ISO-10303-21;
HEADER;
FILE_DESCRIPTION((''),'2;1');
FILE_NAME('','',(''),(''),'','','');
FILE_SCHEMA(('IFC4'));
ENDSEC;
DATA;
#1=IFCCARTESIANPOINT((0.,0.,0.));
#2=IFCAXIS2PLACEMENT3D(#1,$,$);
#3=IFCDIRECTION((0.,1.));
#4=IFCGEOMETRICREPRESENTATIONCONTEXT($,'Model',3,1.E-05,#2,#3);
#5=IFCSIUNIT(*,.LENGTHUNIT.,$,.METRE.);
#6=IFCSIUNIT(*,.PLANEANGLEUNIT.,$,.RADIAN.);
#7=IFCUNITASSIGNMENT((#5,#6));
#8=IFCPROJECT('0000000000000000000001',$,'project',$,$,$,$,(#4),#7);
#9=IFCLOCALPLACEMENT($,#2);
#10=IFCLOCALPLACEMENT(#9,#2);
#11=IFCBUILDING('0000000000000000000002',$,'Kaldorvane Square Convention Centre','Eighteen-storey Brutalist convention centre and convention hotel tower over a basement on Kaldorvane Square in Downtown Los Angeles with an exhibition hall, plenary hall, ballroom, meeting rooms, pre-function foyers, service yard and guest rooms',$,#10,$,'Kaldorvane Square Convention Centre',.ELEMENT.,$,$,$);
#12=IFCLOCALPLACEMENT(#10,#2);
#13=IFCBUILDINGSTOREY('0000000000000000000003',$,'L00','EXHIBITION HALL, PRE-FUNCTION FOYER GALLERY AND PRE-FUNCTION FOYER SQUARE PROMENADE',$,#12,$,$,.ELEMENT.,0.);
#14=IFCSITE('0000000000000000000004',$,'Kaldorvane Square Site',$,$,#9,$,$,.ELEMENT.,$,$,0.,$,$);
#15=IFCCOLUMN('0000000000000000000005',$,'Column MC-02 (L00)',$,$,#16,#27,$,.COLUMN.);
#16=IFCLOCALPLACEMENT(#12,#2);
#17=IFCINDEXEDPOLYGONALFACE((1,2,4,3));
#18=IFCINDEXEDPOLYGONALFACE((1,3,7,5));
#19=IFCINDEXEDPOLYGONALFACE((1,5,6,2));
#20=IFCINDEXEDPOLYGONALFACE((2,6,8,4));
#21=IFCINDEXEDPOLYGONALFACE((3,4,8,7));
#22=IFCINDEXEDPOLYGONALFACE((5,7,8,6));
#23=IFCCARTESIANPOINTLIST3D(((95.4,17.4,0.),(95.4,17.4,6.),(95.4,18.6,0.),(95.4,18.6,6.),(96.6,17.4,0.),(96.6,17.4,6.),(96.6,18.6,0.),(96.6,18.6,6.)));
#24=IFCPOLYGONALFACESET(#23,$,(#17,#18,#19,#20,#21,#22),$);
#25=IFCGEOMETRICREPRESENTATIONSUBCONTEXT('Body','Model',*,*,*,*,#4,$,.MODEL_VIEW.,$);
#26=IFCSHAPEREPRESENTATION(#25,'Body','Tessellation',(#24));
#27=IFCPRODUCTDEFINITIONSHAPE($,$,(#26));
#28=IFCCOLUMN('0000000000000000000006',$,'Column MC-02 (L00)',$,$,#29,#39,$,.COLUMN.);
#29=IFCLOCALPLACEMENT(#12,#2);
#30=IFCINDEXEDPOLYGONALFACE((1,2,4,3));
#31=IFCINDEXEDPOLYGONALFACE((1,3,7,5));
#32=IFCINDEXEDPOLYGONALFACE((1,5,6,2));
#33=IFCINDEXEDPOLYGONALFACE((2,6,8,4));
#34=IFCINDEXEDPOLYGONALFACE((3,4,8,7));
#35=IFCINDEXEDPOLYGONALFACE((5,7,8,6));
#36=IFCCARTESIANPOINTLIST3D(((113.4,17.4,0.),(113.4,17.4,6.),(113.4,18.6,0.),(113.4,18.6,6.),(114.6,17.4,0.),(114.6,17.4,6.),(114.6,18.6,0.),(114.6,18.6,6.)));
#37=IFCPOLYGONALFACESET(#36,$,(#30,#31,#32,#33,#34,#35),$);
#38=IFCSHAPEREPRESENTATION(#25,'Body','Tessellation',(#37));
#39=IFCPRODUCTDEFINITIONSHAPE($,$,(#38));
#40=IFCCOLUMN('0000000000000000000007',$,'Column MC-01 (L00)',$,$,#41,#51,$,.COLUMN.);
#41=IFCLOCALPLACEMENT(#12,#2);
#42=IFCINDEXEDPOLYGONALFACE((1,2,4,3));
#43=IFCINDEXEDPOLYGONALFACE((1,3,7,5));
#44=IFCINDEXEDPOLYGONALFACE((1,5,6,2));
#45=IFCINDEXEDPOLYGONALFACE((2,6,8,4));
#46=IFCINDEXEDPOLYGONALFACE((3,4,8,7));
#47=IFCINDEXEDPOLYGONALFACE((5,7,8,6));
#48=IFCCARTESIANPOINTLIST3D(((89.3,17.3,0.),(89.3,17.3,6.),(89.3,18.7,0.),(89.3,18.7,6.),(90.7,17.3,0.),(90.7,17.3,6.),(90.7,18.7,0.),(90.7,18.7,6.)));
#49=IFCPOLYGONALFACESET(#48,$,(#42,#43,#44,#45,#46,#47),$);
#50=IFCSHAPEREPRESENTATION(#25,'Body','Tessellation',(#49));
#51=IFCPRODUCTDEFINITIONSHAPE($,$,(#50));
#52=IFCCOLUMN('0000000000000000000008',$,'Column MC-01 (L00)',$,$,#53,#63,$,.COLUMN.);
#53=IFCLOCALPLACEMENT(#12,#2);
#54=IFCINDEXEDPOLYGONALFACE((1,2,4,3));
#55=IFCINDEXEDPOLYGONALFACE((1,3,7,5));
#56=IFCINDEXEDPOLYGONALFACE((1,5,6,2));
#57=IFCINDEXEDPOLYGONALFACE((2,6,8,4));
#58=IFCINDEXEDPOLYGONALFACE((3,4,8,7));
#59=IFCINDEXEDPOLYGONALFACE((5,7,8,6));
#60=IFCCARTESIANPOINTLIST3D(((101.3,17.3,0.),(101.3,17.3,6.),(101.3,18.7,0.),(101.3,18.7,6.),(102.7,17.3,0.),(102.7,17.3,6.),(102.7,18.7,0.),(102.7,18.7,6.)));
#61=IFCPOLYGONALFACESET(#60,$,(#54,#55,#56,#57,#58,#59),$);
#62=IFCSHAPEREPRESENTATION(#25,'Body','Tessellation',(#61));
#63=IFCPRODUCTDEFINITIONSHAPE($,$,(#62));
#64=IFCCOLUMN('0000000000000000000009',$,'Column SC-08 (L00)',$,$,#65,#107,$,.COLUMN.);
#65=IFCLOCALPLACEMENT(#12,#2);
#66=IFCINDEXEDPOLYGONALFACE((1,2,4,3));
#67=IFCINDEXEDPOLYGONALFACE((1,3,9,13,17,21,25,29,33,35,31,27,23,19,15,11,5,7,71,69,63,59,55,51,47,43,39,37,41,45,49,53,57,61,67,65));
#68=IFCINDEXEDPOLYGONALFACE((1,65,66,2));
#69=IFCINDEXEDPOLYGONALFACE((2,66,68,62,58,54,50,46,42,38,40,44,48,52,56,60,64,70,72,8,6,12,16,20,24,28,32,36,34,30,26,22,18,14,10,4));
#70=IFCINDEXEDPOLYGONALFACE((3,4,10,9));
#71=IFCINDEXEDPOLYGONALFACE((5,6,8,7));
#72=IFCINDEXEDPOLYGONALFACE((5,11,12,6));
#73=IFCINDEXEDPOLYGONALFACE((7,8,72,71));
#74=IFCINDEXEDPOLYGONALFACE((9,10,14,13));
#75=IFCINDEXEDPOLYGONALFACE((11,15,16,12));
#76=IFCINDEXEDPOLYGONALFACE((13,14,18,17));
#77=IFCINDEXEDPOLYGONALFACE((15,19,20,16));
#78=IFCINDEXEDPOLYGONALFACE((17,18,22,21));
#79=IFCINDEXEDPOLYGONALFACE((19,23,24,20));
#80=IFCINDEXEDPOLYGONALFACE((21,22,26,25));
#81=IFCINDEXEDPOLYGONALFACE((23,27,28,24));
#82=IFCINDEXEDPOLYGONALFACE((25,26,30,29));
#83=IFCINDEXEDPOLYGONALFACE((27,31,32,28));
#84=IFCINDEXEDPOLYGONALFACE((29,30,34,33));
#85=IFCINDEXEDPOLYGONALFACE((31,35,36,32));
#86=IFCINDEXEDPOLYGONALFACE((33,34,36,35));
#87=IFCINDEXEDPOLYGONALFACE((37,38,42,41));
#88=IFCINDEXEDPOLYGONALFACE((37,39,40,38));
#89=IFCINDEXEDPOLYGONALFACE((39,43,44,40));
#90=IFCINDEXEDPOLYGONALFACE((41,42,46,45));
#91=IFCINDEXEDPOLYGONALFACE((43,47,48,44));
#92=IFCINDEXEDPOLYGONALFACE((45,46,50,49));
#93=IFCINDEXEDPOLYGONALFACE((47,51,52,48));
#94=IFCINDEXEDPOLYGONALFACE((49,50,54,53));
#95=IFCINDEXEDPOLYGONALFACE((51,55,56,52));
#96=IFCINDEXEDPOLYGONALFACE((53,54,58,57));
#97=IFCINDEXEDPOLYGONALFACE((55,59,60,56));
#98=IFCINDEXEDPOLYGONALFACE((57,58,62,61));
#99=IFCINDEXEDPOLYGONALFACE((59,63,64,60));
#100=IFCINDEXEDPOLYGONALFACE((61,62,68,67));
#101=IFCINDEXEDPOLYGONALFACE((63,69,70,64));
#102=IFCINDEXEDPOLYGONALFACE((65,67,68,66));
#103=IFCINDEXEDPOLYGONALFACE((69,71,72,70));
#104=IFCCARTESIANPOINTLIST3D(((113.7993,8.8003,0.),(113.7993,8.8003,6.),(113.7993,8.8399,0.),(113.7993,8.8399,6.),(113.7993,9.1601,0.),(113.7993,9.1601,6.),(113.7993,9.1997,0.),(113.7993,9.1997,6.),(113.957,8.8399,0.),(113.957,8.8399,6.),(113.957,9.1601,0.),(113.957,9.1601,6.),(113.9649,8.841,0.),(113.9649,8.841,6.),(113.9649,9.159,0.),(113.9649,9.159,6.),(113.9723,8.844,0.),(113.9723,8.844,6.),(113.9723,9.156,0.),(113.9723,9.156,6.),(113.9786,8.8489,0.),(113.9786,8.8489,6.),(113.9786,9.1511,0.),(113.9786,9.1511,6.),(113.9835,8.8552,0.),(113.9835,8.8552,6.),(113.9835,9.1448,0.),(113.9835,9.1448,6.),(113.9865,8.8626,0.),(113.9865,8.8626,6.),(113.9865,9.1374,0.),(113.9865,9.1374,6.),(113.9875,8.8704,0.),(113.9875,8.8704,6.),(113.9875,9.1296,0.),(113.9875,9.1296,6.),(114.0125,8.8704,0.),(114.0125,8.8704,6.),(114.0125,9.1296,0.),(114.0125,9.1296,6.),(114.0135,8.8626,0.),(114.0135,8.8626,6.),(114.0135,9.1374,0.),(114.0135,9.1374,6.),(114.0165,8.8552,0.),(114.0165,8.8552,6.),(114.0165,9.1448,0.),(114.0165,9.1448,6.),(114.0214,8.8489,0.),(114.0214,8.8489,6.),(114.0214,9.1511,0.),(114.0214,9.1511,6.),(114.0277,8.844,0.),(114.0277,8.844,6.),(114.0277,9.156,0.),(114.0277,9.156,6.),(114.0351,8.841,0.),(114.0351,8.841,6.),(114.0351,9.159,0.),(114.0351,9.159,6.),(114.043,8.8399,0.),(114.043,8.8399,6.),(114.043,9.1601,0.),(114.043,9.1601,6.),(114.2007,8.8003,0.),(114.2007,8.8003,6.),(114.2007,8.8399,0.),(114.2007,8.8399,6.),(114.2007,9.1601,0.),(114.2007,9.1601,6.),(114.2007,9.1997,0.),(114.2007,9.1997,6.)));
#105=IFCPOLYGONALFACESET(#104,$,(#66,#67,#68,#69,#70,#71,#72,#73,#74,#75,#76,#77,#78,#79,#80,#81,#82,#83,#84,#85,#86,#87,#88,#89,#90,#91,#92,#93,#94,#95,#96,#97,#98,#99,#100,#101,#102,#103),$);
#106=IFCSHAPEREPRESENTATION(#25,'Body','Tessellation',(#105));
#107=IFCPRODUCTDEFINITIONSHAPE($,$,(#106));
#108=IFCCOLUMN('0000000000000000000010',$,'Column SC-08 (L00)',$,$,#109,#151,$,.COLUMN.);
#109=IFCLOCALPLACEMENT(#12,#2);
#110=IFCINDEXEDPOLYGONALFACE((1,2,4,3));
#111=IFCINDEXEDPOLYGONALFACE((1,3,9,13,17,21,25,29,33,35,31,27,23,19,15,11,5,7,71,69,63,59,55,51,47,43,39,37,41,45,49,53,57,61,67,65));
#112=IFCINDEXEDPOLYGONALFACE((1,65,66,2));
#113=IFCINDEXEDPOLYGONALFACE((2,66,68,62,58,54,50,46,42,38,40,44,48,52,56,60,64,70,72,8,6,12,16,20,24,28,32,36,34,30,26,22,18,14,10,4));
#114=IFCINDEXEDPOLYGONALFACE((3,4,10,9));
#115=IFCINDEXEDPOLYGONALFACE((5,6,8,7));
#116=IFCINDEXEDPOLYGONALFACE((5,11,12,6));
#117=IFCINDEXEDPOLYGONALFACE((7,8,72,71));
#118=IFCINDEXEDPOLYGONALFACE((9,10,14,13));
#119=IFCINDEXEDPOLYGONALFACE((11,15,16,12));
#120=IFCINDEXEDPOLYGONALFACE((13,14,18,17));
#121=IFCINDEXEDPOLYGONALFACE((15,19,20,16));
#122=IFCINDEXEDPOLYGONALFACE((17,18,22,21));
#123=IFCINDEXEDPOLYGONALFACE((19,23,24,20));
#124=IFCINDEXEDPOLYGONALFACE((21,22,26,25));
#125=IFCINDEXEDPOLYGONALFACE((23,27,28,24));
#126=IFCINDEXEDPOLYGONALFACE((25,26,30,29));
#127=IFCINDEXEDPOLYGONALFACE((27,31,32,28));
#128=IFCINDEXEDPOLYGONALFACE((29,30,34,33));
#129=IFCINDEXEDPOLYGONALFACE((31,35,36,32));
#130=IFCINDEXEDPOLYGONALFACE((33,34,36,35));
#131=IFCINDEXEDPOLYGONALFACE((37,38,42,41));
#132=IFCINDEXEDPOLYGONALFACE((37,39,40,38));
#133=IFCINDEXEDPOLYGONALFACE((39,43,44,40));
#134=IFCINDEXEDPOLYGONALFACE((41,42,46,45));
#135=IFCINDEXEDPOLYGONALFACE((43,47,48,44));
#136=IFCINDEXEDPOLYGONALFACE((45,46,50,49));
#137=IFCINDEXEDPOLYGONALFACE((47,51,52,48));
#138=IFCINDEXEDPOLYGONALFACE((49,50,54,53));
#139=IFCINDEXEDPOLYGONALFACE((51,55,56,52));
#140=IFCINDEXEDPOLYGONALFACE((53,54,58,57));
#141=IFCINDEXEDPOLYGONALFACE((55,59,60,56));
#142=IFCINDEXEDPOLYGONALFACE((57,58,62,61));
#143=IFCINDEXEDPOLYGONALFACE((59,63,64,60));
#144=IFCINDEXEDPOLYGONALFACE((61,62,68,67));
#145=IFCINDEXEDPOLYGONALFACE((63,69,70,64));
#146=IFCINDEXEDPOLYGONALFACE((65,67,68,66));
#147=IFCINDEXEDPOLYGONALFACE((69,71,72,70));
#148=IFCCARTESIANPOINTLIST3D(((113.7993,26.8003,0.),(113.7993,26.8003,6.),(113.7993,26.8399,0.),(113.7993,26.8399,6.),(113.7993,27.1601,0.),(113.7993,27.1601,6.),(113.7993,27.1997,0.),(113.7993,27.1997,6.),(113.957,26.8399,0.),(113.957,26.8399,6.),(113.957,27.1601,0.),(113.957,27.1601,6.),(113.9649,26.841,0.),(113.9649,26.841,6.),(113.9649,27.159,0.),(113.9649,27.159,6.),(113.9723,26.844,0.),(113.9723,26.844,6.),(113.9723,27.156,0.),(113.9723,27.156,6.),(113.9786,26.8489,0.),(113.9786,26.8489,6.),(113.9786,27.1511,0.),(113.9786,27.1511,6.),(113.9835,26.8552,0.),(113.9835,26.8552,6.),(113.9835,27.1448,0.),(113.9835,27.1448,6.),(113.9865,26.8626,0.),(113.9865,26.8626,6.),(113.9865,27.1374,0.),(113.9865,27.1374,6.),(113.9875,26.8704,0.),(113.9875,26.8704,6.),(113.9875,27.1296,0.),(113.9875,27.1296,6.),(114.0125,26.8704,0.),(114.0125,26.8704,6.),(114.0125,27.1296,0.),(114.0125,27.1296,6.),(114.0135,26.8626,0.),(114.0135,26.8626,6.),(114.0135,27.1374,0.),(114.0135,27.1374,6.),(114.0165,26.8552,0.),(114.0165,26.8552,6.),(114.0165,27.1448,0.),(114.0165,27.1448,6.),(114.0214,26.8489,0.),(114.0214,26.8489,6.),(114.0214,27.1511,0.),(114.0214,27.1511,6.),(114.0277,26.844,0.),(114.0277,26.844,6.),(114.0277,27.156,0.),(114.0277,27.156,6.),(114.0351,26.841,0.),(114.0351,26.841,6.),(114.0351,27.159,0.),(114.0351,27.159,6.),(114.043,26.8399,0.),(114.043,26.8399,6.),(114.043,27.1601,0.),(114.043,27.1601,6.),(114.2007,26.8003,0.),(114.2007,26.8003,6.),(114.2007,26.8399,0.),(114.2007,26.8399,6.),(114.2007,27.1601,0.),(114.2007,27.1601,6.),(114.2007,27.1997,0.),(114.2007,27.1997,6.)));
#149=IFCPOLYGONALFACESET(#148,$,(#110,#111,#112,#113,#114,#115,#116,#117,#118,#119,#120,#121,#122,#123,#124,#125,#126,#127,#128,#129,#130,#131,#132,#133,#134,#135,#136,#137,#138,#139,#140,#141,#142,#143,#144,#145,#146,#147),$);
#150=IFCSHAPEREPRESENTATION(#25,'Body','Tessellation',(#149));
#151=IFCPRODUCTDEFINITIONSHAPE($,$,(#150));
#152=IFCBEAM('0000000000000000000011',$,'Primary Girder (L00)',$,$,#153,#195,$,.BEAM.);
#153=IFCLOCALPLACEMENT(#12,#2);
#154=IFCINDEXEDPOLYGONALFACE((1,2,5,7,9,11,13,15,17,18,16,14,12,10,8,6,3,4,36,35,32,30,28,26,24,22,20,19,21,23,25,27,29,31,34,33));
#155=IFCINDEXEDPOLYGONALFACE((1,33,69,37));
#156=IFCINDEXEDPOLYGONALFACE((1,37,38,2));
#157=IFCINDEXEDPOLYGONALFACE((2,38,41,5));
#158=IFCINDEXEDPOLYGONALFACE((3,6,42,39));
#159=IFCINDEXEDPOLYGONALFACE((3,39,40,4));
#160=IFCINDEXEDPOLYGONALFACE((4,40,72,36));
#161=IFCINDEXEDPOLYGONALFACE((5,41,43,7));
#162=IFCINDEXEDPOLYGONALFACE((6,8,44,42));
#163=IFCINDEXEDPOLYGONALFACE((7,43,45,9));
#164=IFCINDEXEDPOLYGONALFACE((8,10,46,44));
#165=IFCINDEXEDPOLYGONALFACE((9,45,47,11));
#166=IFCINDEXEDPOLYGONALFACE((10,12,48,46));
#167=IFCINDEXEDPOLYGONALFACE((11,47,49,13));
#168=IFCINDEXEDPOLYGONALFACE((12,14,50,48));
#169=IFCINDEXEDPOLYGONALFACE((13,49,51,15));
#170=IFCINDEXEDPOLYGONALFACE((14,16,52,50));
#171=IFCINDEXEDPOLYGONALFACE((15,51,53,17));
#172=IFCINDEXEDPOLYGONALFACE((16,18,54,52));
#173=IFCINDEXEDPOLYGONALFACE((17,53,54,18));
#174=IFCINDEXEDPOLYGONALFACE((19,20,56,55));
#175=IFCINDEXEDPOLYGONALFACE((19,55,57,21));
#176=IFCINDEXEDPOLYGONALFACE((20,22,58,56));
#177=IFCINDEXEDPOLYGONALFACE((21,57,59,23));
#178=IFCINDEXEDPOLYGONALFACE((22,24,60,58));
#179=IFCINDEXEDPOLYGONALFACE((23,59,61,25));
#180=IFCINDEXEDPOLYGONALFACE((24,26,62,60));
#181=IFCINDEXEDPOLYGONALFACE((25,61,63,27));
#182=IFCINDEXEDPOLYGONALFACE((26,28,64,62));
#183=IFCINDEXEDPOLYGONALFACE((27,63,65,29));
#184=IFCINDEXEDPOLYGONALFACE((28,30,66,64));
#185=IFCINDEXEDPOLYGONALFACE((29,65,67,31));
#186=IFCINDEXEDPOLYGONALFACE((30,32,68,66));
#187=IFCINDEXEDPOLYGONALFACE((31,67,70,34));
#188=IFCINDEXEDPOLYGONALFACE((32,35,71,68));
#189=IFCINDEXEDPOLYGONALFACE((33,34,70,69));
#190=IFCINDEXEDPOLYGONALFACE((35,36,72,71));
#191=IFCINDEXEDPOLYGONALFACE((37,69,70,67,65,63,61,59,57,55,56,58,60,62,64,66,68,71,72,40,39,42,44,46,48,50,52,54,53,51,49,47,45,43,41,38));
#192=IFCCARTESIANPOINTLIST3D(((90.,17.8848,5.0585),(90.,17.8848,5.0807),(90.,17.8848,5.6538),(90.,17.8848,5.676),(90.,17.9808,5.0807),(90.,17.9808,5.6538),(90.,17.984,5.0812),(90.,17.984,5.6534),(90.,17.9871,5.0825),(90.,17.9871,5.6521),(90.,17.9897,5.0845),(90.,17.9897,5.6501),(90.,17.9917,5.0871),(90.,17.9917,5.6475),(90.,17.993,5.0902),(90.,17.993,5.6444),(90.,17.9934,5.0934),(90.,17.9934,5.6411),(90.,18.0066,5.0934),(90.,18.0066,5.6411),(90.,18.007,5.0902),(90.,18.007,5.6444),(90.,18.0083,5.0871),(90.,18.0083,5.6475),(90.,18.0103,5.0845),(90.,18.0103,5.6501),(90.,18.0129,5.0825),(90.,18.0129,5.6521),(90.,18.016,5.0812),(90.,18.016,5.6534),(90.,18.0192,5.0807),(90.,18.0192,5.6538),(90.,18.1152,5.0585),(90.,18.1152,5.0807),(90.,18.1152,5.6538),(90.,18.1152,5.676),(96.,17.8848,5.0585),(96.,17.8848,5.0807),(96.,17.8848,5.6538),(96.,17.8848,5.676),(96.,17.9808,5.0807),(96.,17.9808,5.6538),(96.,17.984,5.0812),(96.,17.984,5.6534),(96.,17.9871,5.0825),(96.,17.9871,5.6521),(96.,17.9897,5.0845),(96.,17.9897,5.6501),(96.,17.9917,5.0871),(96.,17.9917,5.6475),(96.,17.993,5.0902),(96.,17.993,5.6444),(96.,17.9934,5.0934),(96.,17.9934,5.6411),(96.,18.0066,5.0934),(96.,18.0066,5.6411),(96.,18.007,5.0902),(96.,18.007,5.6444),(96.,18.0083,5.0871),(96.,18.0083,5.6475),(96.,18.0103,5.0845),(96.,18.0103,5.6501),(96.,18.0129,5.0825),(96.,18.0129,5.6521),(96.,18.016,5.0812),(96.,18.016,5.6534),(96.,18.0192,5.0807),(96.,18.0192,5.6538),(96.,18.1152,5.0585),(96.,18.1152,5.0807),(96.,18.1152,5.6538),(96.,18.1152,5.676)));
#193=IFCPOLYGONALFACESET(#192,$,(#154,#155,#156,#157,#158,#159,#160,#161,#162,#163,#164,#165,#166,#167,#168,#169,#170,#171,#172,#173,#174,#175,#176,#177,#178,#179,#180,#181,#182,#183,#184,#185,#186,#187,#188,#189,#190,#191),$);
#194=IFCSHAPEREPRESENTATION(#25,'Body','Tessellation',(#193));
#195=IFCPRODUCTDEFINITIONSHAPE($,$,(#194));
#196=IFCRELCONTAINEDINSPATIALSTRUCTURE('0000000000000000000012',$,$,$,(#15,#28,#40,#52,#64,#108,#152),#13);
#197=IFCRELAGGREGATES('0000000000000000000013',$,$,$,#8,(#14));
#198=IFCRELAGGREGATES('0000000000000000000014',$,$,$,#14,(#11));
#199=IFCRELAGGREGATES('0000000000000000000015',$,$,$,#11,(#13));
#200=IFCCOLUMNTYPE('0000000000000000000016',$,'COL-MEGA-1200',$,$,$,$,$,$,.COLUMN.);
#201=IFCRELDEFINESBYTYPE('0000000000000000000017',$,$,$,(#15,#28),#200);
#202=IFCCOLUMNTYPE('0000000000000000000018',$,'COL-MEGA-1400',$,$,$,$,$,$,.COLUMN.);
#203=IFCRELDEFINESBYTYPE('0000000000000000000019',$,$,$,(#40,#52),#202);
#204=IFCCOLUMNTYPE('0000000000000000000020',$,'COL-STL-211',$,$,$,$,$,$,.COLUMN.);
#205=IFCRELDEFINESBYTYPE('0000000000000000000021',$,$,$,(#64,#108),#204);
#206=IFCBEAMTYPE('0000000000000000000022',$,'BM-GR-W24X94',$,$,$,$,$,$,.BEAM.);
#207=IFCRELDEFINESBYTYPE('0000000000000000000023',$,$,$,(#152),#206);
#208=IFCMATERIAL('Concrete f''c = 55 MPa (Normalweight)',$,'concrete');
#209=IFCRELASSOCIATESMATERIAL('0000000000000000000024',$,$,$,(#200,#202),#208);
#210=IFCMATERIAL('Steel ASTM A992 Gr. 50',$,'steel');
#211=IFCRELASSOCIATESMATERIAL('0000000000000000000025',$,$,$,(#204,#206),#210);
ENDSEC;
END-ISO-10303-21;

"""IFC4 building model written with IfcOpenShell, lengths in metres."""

from ifc_helpers import new_model, si_unit, direction, frame, origin, origin_2d, place, context, subcontext, project, spatial, rectangle, i_section, extrude, material, material_profile, profile_set, type_object, element, save


model = new_model("IFC4")

# Units and contexts
model_context = context("Model", 3, precision=1e-05, world=origin(), true_north=direction((0.0, 1.0)))
body_context = subcontext(model_context, "Body", "Model", "MODEL_VIEW")
ifc_project = project(units=[si_unit("LENGTHUNIT", "METRE"), si_unit("PLANEANGLEUNIT", "RADIAN")], contexts=[model_context])

# Site, building, storey
site_placement = place(None, origin())
site = spatial("IfcSite", under=ifc_project, at=site_placement, Name="Kaldorvane Square Site", CompositionType="ELEMENT", RefElevation=0.0)
building_placement = place(site_placement, origin())
building = spatial("IfcBuilding", under=site, at=building_placement, Name="Kaldorvane Square Convention Centre", Description="Eighteen-storey Brutalist convention centre and convention hotel tower over a basement on Kaldorvane Square in Downtown Los Angeles with an exhibition hall, plenary hall, ballroom, meeting rooms, pre-function foyers, service yard and guest rooms", LongName="Kaldorvane Square Convention Centre", CompositionType="ELEMENT")
storey_placement = place(building_placement, origin())
storey = spatial("IfcBuildingStorey", under=building, at=storey_placement, Name="L00", Description="EXHIBITION HALL, PRE-FUNCTION FOYER GALLERY AND PRE-FUNCTION FOYER SQUARE PROMENADE", CompositionType="ELEMENT", Elevation=0.0)

# Columns
ifc_material_1 = material(Name="Concrete f'c = 55 MPa (Normalweight)", Category="concrete")
ifc_material_profile_1 = material_profile(ifc_material_1, rectangle(XDim=1.2, YDim=1.2, at=origin_2d()), Name="RC1200X1200")
ifc_profile_set_1 = profile_set([ifc_material_profile_1], Name="Concrete f'c = 55 MPa (Normalweight)")
column_type_1 = type_object("IfcColumnType", Name="COL-MEGA-1200", PredefinedType="COLUMN", material=ifc_profile_set_1)
for number, where, z_axis, x_axis, name in (
    (1, (96.0, 18.0, 0.0), (0.0, 0.0, 1.0), (1.0, 0.0, 0.0), "Column MC-02 (L00)"),
    (2, (114.0, 18.0, 0.0), (0.0, 0.0, 1.0), (1.0, 0.0, 0.0), "Column MC-02 (L00)"),
):
    element("IfcColumn", number, at=place(storey_placement, frame(where, z_axis=z_axis, x_axis=x_axis)), inside=storey, type_object=column_type_1, Name=name, PredefinedType="COLUMN", context=body_context, shape_type="SweptSolid", body=[
        extrude(rectangle(XDim=1.2, YDim=1.2, at=origin_2d()), origin(), (0.0, 0.0, 1.0), 6.0),
    ])
ifc_material_profile_2 = material_profile(ifc_material_1, rectangle(XDim=1.4, YDim=1.4, at=origin_2d()), Name="RC1400X1400")
ifc_profile_set_2 = profile_set([ifc_material_profile_2], Name="Concrete f'c = 55 MPa (Normalweight)")
column_type_2 = type_object("IfcColumnType", Name="COL-MEGA-1400", PredefinedType="COLUMN", material=ifc_profile_set_2)
for number, where, z_axis, x_axis, name in (
    (3, (90.0, 18.0, 0.0), (0.0, 0.0, 1.0), (1.0, 0.0, 0.0), "Column MC-01 (L00)"),
    (4, (102.0, 18.0, 0.0), (0.0, 0.0, 1.0), (1.0, 0.0, 0.0), "Column MC-01 (L00)"),
):
    element("IfcColumn", number, at=place(storey_placement, frame(where, z_axis=z_axis, x_axis=x_axis)), inside=storey, type_object=column_type_2, Name=name, PredefinedType="COLUMN", context=body_context, shape_type="SweptSolid", body=[
        extrude(rectangle(XDim=1.4, YDim=1.4, at=origin_2d()), origin(), (0.0, 0.0, 1.0), 6.0),
    ])
ifc_material_2 = material(Name="Steel ASTM A992 Gr. 50", Category="steel")
ifc_material_profile_3 = material_profile(ifc_material_2, i_section(OverallWidth=0.4013, OverallDepth=0.3993, WebThickness=0.0249, FlangeThickness=0.0396, FilletRadius=0.0305, at=origin_2d()), Name="W14X211")
ifc_profile_set_3 = profile_set([ifc_material_profile_3], Name="Steel ASTM A992 Gr. 50")
column_type_3 = type_object("IfcColumnType", Name="COL-STL-211", PredefinedType="COLUMN", material=ifc_profile_set_3)
for number, where, z_axis, x_axis, name in (
    (5, (114.0, 9.0, 0.0), (0.0, 0.0, 1.0), (1.0, 0.0, 0.0), "Column SC-08 (L00)"),
    (6, (114.0, 27.0, 0.0), (0.0, 0.0, 1.0), (1.0, 0.0, 0.0), "Column SC-08 (L00)"),
):
    element("IfcColumn", number, at=place(storey_placement, frame(where, z_axis=z_axis, x_axis=x_axis)), inside=storey, type_object=column_type_3, Name=name, PredefinedType="COLUMN", context=body_context, shape_type="SweptSolid", body=[
        extrude(i_section(OverallWidth=0.4013, OverallDepth=0.3993, WebThickness=0.0249, FlangeThickness=0.0396, FilletRadius=0.0305, at=origin_2d()), origin(), (0.0, 0.0, 1.0), 6.0),
    ])

# Beam
ifc_material_profile_4 = material_profile(ifc_material_2, i_section(OverallWidth=0.2303, OverallDepth=0.6175, WebThickness=0.0131, FlangeThickness=0.0222, FilletRadius=0.0127, at=origin_2d()), Name="W24X94")
ifc_profile_set_4 = profile_set([ifc_material_profile_4], Name="Steel ASTM A992 Gr. 50")
beam_type_1 = type_object("IfcBeamType", Name="BM-GR-W24X94", PredefinedType="BEAM", material=ifc_profile_set_4)
for number, where, z_axis, x_axis, name in (
    (7, (90.0, 18.0, 5.3673), (1.0, 0.0, 0.0), (0.0, 1.0, 0.0), "Primary Girder (L00)"),
):
    element("IfcBeam", number, at=place(storey_placement, frame(where, z_axis=z_axis, x_axis=x_axis)), inside=storey, type_object=beam_type_1, Name=name, PredefinedType="BEAM", context=body_context, shape_type="SweptSolid", body=[
        extrude(i_section(OverallWidth=0.2303, OverallDepth=0.6175, WebThickness=0.0131, FlangeThickness=0.0222, FilletRadius=0.0127, at=origin_2d()), origin(), (0.0, 0.0, 1.0), 6.0),
    ])

save(model, "model.ifc")
